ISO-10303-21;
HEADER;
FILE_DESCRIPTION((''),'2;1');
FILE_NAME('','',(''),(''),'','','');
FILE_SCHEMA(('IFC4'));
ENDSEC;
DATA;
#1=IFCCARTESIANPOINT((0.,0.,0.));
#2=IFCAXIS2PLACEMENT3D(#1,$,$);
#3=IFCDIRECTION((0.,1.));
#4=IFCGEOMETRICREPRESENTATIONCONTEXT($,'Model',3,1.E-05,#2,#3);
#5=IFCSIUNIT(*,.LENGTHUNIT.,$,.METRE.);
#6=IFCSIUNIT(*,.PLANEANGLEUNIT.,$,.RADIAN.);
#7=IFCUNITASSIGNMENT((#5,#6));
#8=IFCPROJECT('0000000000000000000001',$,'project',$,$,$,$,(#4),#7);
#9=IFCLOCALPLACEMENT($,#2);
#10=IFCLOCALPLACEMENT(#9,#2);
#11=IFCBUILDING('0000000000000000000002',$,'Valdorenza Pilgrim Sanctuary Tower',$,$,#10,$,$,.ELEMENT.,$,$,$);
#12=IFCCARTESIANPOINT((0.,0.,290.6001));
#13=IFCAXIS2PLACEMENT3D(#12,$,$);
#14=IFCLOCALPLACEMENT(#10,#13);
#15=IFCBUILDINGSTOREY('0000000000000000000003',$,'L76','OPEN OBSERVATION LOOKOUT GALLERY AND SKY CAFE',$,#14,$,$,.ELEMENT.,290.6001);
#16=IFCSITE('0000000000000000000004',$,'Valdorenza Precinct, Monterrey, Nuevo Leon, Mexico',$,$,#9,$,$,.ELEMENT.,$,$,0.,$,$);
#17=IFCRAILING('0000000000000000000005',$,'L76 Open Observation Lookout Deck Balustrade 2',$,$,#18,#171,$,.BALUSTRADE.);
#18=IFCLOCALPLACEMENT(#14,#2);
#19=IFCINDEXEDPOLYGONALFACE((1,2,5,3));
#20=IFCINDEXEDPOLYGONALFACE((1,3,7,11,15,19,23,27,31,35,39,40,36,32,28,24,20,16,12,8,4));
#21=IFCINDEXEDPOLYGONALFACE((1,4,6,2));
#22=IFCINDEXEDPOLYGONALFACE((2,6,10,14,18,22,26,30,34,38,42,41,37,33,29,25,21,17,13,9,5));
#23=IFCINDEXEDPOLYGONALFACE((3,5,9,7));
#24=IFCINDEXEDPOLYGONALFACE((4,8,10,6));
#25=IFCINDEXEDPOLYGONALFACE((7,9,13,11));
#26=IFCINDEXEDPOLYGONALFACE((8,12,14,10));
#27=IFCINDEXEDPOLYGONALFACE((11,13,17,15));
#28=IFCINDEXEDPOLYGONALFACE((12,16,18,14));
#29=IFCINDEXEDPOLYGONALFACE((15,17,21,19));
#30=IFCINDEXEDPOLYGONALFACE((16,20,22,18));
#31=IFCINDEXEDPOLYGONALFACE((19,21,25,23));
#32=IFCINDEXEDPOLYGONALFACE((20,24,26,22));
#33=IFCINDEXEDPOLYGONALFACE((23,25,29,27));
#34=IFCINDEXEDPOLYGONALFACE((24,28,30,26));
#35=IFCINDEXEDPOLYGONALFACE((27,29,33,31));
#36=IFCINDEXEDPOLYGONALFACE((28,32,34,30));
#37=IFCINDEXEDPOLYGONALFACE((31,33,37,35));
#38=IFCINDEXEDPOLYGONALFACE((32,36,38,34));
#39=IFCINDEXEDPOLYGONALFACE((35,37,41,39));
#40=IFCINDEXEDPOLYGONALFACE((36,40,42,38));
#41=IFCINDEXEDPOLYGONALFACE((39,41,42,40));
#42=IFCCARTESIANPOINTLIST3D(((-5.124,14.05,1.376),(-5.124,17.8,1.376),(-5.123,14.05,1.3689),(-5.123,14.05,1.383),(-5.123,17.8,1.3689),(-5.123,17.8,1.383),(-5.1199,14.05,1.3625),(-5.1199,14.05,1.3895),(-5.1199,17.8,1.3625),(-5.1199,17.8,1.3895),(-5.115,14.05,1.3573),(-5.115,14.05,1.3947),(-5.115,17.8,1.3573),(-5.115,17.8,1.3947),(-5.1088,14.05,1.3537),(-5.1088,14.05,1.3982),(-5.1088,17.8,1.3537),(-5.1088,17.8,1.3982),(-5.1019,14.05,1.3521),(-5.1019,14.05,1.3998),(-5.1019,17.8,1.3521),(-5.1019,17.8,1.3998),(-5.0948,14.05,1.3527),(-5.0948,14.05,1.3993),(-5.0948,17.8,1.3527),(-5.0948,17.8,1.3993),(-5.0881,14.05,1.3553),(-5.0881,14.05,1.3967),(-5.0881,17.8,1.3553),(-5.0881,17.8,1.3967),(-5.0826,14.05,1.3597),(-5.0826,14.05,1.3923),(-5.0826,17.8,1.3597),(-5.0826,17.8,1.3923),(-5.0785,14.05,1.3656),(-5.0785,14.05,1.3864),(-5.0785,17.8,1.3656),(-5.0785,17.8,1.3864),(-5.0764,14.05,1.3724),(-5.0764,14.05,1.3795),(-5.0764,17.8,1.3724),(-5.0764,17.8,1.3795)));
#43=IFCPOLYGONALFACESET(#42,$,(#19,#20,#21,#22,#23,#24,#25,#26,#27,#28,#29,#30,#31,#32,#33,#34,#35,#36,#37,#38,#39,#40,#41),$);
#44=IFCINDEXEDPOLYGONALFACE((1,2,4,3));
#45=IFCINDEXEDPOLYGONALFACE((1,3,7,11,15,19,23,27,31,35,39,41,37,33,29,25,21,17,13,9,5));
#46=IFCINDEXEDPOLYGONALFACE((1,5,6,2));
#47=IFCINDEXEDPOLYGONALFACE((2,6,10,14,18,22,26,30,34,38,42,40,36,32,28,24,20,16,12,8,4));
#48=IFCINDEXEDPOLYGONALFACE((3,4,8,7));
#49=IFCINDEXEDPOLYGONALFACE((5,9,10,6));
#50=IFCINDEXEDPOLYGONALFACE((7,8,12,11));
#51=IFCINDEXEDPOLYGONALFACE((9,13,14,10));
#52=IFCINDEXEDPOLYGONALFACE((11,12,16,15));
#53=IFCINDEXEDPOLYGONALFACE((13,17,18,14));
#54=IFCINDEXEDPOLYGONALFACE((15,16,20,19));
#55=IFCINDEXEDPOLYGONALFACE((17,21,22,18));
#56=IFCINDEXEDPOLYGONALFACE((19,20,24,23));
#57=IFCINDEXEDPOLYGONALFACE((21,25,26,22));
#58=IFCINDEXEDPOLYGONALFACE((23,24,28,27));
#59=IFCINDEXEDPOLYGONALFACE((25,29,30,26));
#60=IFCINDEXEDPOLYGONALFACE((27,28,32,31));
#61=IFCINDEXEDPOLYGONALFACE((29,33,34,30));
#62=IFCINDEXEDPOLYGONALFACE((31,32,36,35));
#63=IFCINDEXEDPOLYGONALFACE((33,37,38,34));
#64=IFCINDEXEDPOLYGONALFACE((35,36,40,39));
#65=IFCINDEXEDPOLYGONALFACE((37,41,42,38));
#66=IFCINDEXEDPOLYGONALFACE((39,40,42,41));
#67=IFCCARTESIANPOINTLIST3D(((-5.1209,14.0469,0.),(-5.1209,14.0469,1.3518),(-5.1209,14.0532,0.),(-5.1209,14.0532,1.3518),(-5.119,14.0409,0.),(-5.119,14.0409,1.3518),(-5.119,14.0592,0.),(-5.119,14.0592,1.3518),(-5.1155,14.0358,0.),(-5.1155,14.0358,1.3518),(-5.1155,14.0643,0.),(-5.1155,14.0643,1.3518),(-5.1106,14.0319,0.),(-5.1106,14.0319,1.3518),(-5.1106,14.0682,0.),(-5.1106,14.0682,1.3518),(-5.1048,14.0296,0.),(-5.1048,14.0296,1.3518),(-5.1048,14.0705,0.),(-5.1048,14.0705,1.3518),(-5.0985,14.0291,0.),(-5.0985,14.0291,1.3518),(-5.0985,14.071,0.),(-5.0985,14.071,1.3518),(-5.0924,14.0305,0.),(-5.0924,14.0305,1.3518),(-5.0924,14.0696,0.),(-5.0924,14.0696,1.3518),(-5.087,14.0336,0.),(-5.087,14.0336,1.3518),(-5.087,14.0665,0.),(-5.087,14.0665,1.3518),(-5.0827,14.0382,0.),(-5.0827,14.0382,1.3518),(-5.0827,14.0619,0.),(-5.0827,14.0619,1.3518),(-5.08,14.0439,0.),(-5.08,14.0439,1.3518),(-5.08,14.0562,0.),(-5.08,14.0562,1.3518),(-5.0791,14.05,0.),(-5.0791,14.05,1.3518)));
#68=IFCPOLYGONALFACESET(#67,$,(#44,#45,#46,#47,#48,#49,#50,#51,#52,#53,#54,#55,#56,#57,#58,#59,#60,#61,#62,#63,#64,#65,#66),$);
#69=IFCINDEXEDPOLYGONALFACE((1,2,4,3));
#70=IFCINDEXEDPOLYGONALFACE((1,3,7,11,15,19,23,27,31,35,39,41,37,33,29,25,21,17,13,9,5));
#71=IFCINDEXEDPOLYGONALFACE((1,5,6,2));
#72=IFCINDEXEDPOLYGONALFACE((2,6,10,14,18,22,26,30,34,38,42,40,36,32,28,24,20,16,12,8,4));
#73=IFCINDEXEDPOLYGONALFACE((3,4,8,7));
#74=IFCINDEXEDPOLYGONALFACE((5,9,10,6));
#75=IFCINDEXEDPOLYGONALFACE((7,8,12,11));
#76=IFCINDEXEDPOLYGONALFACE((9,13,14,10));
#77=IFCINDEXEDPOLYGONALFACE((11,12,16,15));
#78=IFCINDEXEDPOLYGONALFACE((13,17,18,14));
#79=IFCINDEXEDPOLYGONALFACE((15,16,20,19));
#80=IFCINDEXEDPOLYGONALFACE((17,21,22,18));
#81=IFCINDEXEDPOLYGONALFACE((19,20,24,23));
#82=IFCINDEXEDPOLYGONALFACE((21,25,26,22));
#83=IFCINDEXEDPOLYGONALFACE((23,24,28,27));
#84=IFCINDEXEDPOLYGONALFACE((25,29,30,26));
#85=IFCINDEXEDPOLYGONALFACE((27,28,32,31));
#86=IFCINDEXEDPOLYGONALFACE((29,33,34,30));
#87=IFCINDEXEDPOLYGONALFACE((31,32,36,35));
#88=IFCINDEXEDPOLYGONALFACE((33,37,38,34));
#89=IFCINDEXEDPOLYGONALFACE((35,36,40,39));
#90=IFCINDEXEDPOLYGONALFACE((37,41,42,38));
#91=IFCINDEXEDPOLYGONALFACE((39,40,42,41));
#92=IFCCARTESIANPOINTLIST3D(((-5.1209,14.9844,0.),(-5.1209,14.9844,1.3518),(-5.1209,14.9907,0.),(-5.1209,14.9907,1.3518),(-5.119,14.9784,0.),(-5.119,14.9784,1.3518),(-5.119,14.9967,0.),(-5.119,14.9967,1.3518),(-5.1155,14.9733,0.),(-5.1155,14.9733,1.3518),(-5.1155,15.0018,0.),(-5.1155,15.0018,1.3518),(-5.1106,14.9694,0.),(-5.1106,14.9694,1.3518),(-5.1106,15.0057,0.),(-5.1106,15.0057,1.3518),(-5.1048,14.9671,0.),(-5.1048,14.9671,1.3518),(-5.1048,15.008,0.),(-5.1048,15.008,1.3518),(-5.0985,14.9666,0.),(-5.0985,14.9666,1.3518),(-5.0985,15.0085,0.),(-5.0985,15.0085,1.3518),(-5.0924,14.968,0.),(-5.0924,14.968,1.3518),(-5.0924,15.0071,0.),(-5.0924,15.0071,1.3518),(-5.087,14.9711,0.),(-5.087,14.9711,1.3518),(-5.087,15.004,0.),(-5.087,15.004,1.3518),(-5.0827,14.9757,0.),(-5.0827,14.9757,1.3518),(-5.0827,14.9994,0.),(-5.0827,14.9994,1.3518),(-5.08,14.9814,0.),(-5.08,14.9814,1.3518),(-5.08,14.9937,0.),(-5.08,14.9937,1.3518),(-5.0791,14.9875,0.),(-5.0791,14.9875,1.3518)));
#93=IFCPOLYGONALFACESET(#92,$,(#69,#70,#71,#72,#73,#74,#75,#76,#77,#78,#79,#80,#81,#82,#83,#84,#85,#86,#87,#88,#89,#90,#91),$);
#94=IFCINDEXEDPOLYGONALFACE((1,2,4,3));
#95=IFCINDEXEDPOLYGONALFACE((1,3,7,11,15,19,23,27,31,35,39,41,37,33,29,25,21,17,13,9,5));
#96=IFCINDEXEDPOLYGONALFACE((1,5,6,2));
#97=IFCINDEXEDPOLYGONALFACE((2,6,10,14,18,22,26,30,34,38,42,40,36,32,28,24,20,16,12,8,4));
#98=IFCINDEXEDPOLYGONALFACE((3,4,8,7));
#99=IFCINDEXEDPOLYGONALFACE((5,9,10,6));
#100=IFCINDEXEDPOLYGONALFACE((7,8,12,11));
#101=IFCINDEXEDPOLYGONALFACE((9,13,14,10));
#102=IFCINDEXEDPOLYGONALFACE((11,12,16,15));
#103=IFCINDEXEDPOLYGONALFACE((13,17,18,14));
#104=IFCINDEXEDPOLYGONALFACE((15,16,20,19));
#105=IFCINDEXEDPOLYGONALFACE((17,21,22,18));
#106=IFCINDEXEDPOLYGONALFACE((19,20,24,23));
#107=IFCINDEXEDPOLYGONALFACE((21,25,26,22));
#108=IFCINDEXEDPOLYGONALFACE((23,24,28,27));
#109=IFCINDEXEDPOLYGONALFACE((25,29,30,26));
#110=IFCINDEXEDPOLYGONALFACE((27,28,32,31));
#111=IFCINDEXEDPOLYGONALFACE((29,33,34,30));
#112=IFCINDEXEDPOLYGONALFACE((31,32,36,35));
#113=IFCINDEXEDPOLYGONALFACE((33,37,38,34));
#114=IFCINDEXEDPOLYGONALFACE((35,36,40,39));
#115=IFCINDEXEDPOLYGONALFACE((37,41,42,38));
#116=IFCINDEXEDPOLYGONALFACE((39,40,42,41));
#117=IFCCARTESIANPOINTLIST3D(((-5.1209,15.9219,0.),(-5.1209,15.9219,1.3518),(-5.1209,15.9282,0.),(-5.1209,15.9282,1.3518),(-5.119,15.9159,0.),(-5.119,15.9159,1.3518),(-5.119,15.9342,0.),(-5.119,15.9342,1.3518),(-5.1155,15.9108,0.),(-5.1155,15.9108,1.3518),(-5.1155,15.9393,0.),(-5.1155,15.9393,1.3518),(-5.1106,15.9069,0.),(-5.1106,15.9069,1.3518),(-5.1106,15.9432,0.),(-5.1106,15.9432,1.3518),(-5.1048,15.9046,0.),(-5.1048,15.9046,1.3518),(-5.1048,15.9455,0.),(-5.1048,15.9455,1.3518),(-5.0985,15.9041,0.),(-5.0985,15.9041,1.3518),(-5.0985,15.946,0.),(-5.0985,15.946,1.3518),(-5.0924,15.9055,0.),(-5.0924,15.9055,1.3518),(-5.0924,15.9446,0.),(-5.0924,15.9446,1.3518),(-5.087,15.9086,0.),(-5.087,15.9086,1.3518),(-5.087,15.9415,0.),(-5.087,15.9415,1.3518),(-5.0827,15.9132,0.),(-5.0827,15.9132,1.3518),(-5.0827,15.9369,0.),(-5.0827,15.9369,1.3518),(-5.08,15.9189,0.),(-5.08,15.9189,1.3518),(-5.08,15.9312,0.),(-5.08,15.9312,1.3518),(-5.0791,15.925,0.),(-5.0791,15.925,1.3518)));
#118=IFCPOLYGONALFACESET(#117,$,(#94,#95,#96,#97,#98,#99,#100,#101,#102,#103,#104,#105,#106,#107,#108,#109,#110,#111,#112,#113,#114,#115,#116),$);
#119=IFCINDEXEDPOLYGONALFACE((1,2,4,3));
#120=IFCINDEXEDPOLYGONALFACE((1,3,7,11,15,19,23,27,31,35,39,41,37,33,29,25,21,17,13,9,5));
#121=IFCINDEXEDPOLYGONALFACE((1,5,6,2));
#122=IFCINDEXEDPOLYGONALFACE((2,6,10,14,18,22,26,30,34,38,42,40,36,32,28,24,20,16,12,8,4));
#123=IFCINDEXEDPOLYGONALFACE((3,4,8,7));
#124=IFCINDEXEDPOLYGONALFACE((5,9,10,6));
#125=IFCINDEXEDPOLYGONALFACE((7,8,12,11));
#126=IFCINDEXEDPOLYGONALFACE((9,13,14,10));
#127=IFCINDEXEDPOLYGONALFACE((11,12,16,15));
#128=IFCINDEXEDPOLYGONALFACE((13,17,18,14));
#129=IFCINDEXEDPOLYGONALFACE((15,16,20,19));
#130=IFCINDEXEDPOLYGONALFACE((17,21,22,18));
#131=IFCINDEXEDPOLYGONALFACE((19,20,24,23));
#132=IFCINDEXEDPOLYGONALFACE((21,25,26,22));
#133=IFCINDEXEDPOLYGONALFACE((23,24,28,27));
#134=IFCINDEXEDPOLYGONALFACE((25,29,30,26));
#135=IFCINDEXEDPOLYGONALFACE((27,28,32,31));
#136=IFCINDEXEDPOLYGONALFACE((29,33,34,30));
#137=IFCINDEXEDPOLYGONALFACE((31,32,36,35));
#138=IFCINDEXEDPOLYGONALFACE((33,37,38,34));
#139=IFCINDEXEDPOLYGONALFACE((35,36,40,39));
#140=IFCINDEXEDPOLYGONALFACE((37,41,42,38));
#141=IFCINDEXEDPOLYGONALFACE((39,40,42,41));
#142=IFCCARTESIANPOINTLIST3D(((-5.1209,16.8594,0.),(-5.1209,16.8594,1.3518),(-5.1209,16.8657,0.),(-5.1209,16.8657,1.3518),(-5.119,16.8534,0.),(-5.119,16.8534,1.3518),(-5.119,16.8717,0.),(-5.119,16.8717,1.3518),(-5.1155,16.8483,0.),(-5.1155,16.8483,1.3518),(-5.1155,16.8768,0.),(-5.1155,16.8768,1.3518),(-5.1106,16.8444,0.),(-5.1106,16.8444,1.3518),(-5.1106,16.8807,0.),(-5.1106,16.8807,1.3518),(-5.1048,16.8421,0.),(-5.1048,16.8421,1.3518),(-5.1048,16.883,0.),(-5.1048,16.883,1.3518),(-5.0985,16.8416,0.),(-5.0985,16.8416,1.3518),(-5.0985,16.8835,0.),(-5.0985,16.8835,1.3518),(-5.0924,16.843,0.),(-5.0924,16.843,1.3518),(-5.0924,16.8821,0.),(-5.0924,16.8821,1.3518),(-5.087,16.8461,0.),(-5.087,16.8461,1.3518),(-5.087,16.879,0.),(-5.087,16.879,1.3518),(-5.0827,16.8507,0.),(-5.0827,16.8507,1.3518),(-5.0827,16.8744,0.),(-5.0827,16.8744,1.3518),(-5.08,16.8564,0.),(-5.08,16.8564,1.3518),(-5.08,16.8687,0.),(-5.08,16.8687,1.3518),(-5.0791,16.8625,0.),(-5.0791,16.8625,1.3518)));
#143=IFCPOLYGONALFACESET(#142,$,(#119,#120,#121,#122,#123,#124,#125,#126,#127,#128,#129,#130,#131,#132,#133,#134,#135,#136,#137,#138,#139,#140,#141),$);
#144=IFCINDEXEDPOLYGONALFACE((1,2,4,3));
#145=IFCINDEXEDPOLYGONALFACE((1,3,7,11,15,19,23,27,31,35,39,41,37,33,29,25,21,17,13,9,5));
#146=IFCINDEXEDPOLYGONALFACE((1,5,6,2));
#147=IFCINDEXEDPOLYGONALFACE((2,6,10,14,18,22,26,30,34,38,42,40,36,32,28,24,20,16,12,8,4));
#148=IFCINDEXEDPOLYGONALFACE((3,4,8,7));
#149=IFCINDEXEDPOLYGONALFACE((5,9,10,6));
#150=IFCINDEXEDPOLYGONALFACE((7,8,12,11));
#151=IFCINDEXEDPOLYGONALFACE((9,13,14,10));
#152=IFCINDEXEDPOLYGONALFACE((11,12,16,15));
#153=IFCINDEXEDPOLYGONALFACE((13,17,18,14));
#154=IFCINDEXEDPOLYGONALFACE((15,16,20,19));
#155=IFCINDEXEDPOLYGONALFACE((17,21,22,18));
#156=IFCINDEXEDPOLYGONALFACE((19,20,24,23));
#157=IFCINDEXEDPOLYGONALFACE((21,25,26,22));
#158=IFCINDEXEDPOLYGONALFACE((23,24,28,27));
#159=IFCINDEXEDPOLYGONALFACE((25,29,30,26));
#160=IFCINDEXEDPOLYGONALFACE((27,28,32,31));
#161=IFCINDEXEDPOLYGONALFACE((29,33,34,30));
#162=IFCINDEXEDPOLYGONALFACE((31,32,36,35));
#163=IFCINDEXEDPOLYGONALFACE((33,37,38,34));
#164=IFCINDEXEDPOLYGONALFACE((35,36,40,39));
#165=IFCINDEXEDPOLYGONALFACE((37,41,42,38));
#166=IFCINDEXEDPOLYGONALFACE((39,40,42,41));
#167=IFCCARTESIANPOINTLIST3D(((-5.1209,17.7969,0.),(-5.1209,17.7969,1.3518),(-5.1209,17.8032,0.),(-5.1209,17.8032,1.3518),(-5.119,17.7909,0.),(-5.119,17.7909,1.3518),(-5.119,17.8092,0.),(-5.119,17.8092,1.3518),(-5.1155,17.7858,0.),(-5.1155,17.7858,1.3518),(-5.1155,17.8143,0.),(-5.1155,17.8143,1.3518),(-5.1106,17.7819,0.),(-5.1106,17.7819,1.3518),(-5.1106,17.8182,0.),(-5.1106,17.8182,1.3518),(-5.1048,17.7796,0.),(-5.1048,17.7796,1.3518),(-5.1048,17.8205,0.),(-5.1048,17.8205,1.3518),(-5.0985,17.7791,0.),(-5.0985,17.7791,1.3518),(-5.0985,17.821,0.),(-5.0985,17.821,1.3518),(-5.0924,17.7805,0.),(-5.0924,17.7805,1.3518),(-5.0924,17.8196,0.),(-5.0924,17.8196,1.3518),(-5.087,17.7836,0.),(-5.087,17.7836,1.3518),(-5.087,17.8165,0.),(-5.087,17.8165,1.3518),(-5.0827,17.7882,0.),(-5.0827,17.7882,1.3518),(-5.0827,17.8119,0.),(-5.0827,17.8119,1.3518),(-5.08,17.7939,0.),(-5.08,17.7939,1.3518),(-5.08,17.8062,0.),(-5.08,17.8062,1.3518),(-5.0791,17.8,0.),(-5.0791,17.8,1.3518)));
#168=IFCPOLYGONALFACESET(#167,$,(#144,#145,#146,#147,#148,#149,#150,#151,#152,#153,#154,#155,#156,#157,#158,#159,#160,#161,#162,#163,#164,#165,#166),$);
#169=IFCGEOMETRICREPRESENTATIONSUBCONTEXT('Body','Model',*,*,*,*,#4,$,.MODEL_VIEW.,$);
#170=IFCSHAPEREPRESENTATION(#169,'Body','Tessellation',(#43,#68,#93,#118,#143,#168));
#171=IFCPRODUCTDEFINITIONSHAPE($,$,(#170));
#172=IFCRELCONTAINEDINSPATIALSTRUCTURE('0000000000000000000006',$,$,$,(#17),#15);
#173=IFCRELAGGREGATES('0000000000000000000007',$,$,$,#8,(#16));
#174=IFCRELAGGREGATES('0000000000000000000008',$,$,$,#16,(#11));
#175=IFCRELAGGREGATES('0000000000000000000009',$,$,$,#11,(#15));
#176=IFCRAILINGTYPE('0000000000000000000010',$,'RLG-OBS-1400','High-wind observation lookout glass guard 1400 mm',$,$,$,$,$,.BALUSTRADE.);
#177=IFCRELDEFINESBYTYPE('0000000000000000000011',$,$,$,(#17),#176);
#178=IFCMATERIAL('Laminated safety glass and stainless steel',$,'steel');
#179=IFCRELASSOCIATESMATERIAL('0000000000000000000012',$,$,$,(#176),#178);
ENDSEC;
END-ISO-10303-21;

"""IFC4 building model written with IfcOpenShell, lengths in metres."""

from ifc_helpers import new_model, si_unit, direction, frame, origin, origin_2d, place, context, subcontext, project, spatial, circle, extrude, material, type_object, element, save


model = new_model("IFC4")

# Units and contexts
model_context = context("Model", 3, precision=1e-05, world=origin(), true_north=direction((0.0, 1.0)))
body_context = subcontext(model_context, "Body", "Model", "MODEL_VIEW")
ifc_project = project(units=[si_unit("LENGTHUNIT", "METRE"), si_unit("PLANEANGLEUNIT", "RADIAN")], contexts=[model_context])

# Site, building, storey
site_placement = place(None, origin())
site = spatial("IfcSite", under=ifc_project, at=site_placement, Name="Valdorenza Precinct, Monterrey, Nuevo Leon, Mexico", CompositionType="ELEMENT", RefElevation=0.0)
building_placement = place(site_placement, origin())
building = spatial("IfcBuilding", under=site, at=building_placement, Name="Valdorenza Pilgrim Sanctuary Tower", CompositionType="ELEMENT")
storey_placement = place(building_placement, frame((0.0, 0.0, 290.6001)))
storey = spatial("IfcBuildingStorey", under=building, at=storey_placement, Name="L76", Description="OPEN OBSERVATION LOOKOUT GALLERY AND SKY CAFE", CompositionType="ELEMENT", Elevation=290.6001)

# Railing
ifc_material_1 = material(Name="Laminated safety glass and stainless steel", Category="steel")
railing_type = type_object("IfcRailingType", Name="RLG-OBS-1400", Description="High-wind observation lookout glass guard 1400 mm", PredefinedType="BALUSTRADE", material=ifc_material_1)
railing_1_placement = place(storey_placement, frame((-5.1001, 14.05, 0.0)))
element("IfcRailing", 1, at=railing_1_placement, inside=storey, type_object=railing_type, Name="L76 Open Observation Lookout Deck Balustrade 2", PredefinedType="BALUSTRADE", context=body_context, shape_type="SweptSolid", body=[
    extrude(circle(Radius=0.0239, at=origin_2d()), frame((0.0, 0.0, 1.376), z_axis=(0.0, 1.0, 0.0), x_axis=(-1.0, 0.0, 0.0)), (0.0, 0.0, 1.0), 3.75),
    extrude(circle(Radius=0.021, at=origin_2d()), origin(), (0.0, 0.0, 1.0), 1.3518),
    extrude(circle(Radius=0.021, at=origin_2d()), frame((0.0, 0.9375, 0.0)), (0.0, 0.0, 1.0), 1.3518),
    extrude(circle(Radius=0.021, at=origin_2d()), frame((0.0, 1.875, 0.0)), (0.0, 0.0, 1.0), 1.3518),
    extrude(circle(Radius=0.021, at=origin_2d()), frame((0.0, 2.8125, 0.0)), (0.0, 0.0, 1.0), 1.3518),
    extrude(circle(Radius=0.021, at=origin_2d()), frame((0.0, 3.75, 0.0)), (0.0, 0.0, 1.0), 1.3518),
])

save(model, "model.ifc")
